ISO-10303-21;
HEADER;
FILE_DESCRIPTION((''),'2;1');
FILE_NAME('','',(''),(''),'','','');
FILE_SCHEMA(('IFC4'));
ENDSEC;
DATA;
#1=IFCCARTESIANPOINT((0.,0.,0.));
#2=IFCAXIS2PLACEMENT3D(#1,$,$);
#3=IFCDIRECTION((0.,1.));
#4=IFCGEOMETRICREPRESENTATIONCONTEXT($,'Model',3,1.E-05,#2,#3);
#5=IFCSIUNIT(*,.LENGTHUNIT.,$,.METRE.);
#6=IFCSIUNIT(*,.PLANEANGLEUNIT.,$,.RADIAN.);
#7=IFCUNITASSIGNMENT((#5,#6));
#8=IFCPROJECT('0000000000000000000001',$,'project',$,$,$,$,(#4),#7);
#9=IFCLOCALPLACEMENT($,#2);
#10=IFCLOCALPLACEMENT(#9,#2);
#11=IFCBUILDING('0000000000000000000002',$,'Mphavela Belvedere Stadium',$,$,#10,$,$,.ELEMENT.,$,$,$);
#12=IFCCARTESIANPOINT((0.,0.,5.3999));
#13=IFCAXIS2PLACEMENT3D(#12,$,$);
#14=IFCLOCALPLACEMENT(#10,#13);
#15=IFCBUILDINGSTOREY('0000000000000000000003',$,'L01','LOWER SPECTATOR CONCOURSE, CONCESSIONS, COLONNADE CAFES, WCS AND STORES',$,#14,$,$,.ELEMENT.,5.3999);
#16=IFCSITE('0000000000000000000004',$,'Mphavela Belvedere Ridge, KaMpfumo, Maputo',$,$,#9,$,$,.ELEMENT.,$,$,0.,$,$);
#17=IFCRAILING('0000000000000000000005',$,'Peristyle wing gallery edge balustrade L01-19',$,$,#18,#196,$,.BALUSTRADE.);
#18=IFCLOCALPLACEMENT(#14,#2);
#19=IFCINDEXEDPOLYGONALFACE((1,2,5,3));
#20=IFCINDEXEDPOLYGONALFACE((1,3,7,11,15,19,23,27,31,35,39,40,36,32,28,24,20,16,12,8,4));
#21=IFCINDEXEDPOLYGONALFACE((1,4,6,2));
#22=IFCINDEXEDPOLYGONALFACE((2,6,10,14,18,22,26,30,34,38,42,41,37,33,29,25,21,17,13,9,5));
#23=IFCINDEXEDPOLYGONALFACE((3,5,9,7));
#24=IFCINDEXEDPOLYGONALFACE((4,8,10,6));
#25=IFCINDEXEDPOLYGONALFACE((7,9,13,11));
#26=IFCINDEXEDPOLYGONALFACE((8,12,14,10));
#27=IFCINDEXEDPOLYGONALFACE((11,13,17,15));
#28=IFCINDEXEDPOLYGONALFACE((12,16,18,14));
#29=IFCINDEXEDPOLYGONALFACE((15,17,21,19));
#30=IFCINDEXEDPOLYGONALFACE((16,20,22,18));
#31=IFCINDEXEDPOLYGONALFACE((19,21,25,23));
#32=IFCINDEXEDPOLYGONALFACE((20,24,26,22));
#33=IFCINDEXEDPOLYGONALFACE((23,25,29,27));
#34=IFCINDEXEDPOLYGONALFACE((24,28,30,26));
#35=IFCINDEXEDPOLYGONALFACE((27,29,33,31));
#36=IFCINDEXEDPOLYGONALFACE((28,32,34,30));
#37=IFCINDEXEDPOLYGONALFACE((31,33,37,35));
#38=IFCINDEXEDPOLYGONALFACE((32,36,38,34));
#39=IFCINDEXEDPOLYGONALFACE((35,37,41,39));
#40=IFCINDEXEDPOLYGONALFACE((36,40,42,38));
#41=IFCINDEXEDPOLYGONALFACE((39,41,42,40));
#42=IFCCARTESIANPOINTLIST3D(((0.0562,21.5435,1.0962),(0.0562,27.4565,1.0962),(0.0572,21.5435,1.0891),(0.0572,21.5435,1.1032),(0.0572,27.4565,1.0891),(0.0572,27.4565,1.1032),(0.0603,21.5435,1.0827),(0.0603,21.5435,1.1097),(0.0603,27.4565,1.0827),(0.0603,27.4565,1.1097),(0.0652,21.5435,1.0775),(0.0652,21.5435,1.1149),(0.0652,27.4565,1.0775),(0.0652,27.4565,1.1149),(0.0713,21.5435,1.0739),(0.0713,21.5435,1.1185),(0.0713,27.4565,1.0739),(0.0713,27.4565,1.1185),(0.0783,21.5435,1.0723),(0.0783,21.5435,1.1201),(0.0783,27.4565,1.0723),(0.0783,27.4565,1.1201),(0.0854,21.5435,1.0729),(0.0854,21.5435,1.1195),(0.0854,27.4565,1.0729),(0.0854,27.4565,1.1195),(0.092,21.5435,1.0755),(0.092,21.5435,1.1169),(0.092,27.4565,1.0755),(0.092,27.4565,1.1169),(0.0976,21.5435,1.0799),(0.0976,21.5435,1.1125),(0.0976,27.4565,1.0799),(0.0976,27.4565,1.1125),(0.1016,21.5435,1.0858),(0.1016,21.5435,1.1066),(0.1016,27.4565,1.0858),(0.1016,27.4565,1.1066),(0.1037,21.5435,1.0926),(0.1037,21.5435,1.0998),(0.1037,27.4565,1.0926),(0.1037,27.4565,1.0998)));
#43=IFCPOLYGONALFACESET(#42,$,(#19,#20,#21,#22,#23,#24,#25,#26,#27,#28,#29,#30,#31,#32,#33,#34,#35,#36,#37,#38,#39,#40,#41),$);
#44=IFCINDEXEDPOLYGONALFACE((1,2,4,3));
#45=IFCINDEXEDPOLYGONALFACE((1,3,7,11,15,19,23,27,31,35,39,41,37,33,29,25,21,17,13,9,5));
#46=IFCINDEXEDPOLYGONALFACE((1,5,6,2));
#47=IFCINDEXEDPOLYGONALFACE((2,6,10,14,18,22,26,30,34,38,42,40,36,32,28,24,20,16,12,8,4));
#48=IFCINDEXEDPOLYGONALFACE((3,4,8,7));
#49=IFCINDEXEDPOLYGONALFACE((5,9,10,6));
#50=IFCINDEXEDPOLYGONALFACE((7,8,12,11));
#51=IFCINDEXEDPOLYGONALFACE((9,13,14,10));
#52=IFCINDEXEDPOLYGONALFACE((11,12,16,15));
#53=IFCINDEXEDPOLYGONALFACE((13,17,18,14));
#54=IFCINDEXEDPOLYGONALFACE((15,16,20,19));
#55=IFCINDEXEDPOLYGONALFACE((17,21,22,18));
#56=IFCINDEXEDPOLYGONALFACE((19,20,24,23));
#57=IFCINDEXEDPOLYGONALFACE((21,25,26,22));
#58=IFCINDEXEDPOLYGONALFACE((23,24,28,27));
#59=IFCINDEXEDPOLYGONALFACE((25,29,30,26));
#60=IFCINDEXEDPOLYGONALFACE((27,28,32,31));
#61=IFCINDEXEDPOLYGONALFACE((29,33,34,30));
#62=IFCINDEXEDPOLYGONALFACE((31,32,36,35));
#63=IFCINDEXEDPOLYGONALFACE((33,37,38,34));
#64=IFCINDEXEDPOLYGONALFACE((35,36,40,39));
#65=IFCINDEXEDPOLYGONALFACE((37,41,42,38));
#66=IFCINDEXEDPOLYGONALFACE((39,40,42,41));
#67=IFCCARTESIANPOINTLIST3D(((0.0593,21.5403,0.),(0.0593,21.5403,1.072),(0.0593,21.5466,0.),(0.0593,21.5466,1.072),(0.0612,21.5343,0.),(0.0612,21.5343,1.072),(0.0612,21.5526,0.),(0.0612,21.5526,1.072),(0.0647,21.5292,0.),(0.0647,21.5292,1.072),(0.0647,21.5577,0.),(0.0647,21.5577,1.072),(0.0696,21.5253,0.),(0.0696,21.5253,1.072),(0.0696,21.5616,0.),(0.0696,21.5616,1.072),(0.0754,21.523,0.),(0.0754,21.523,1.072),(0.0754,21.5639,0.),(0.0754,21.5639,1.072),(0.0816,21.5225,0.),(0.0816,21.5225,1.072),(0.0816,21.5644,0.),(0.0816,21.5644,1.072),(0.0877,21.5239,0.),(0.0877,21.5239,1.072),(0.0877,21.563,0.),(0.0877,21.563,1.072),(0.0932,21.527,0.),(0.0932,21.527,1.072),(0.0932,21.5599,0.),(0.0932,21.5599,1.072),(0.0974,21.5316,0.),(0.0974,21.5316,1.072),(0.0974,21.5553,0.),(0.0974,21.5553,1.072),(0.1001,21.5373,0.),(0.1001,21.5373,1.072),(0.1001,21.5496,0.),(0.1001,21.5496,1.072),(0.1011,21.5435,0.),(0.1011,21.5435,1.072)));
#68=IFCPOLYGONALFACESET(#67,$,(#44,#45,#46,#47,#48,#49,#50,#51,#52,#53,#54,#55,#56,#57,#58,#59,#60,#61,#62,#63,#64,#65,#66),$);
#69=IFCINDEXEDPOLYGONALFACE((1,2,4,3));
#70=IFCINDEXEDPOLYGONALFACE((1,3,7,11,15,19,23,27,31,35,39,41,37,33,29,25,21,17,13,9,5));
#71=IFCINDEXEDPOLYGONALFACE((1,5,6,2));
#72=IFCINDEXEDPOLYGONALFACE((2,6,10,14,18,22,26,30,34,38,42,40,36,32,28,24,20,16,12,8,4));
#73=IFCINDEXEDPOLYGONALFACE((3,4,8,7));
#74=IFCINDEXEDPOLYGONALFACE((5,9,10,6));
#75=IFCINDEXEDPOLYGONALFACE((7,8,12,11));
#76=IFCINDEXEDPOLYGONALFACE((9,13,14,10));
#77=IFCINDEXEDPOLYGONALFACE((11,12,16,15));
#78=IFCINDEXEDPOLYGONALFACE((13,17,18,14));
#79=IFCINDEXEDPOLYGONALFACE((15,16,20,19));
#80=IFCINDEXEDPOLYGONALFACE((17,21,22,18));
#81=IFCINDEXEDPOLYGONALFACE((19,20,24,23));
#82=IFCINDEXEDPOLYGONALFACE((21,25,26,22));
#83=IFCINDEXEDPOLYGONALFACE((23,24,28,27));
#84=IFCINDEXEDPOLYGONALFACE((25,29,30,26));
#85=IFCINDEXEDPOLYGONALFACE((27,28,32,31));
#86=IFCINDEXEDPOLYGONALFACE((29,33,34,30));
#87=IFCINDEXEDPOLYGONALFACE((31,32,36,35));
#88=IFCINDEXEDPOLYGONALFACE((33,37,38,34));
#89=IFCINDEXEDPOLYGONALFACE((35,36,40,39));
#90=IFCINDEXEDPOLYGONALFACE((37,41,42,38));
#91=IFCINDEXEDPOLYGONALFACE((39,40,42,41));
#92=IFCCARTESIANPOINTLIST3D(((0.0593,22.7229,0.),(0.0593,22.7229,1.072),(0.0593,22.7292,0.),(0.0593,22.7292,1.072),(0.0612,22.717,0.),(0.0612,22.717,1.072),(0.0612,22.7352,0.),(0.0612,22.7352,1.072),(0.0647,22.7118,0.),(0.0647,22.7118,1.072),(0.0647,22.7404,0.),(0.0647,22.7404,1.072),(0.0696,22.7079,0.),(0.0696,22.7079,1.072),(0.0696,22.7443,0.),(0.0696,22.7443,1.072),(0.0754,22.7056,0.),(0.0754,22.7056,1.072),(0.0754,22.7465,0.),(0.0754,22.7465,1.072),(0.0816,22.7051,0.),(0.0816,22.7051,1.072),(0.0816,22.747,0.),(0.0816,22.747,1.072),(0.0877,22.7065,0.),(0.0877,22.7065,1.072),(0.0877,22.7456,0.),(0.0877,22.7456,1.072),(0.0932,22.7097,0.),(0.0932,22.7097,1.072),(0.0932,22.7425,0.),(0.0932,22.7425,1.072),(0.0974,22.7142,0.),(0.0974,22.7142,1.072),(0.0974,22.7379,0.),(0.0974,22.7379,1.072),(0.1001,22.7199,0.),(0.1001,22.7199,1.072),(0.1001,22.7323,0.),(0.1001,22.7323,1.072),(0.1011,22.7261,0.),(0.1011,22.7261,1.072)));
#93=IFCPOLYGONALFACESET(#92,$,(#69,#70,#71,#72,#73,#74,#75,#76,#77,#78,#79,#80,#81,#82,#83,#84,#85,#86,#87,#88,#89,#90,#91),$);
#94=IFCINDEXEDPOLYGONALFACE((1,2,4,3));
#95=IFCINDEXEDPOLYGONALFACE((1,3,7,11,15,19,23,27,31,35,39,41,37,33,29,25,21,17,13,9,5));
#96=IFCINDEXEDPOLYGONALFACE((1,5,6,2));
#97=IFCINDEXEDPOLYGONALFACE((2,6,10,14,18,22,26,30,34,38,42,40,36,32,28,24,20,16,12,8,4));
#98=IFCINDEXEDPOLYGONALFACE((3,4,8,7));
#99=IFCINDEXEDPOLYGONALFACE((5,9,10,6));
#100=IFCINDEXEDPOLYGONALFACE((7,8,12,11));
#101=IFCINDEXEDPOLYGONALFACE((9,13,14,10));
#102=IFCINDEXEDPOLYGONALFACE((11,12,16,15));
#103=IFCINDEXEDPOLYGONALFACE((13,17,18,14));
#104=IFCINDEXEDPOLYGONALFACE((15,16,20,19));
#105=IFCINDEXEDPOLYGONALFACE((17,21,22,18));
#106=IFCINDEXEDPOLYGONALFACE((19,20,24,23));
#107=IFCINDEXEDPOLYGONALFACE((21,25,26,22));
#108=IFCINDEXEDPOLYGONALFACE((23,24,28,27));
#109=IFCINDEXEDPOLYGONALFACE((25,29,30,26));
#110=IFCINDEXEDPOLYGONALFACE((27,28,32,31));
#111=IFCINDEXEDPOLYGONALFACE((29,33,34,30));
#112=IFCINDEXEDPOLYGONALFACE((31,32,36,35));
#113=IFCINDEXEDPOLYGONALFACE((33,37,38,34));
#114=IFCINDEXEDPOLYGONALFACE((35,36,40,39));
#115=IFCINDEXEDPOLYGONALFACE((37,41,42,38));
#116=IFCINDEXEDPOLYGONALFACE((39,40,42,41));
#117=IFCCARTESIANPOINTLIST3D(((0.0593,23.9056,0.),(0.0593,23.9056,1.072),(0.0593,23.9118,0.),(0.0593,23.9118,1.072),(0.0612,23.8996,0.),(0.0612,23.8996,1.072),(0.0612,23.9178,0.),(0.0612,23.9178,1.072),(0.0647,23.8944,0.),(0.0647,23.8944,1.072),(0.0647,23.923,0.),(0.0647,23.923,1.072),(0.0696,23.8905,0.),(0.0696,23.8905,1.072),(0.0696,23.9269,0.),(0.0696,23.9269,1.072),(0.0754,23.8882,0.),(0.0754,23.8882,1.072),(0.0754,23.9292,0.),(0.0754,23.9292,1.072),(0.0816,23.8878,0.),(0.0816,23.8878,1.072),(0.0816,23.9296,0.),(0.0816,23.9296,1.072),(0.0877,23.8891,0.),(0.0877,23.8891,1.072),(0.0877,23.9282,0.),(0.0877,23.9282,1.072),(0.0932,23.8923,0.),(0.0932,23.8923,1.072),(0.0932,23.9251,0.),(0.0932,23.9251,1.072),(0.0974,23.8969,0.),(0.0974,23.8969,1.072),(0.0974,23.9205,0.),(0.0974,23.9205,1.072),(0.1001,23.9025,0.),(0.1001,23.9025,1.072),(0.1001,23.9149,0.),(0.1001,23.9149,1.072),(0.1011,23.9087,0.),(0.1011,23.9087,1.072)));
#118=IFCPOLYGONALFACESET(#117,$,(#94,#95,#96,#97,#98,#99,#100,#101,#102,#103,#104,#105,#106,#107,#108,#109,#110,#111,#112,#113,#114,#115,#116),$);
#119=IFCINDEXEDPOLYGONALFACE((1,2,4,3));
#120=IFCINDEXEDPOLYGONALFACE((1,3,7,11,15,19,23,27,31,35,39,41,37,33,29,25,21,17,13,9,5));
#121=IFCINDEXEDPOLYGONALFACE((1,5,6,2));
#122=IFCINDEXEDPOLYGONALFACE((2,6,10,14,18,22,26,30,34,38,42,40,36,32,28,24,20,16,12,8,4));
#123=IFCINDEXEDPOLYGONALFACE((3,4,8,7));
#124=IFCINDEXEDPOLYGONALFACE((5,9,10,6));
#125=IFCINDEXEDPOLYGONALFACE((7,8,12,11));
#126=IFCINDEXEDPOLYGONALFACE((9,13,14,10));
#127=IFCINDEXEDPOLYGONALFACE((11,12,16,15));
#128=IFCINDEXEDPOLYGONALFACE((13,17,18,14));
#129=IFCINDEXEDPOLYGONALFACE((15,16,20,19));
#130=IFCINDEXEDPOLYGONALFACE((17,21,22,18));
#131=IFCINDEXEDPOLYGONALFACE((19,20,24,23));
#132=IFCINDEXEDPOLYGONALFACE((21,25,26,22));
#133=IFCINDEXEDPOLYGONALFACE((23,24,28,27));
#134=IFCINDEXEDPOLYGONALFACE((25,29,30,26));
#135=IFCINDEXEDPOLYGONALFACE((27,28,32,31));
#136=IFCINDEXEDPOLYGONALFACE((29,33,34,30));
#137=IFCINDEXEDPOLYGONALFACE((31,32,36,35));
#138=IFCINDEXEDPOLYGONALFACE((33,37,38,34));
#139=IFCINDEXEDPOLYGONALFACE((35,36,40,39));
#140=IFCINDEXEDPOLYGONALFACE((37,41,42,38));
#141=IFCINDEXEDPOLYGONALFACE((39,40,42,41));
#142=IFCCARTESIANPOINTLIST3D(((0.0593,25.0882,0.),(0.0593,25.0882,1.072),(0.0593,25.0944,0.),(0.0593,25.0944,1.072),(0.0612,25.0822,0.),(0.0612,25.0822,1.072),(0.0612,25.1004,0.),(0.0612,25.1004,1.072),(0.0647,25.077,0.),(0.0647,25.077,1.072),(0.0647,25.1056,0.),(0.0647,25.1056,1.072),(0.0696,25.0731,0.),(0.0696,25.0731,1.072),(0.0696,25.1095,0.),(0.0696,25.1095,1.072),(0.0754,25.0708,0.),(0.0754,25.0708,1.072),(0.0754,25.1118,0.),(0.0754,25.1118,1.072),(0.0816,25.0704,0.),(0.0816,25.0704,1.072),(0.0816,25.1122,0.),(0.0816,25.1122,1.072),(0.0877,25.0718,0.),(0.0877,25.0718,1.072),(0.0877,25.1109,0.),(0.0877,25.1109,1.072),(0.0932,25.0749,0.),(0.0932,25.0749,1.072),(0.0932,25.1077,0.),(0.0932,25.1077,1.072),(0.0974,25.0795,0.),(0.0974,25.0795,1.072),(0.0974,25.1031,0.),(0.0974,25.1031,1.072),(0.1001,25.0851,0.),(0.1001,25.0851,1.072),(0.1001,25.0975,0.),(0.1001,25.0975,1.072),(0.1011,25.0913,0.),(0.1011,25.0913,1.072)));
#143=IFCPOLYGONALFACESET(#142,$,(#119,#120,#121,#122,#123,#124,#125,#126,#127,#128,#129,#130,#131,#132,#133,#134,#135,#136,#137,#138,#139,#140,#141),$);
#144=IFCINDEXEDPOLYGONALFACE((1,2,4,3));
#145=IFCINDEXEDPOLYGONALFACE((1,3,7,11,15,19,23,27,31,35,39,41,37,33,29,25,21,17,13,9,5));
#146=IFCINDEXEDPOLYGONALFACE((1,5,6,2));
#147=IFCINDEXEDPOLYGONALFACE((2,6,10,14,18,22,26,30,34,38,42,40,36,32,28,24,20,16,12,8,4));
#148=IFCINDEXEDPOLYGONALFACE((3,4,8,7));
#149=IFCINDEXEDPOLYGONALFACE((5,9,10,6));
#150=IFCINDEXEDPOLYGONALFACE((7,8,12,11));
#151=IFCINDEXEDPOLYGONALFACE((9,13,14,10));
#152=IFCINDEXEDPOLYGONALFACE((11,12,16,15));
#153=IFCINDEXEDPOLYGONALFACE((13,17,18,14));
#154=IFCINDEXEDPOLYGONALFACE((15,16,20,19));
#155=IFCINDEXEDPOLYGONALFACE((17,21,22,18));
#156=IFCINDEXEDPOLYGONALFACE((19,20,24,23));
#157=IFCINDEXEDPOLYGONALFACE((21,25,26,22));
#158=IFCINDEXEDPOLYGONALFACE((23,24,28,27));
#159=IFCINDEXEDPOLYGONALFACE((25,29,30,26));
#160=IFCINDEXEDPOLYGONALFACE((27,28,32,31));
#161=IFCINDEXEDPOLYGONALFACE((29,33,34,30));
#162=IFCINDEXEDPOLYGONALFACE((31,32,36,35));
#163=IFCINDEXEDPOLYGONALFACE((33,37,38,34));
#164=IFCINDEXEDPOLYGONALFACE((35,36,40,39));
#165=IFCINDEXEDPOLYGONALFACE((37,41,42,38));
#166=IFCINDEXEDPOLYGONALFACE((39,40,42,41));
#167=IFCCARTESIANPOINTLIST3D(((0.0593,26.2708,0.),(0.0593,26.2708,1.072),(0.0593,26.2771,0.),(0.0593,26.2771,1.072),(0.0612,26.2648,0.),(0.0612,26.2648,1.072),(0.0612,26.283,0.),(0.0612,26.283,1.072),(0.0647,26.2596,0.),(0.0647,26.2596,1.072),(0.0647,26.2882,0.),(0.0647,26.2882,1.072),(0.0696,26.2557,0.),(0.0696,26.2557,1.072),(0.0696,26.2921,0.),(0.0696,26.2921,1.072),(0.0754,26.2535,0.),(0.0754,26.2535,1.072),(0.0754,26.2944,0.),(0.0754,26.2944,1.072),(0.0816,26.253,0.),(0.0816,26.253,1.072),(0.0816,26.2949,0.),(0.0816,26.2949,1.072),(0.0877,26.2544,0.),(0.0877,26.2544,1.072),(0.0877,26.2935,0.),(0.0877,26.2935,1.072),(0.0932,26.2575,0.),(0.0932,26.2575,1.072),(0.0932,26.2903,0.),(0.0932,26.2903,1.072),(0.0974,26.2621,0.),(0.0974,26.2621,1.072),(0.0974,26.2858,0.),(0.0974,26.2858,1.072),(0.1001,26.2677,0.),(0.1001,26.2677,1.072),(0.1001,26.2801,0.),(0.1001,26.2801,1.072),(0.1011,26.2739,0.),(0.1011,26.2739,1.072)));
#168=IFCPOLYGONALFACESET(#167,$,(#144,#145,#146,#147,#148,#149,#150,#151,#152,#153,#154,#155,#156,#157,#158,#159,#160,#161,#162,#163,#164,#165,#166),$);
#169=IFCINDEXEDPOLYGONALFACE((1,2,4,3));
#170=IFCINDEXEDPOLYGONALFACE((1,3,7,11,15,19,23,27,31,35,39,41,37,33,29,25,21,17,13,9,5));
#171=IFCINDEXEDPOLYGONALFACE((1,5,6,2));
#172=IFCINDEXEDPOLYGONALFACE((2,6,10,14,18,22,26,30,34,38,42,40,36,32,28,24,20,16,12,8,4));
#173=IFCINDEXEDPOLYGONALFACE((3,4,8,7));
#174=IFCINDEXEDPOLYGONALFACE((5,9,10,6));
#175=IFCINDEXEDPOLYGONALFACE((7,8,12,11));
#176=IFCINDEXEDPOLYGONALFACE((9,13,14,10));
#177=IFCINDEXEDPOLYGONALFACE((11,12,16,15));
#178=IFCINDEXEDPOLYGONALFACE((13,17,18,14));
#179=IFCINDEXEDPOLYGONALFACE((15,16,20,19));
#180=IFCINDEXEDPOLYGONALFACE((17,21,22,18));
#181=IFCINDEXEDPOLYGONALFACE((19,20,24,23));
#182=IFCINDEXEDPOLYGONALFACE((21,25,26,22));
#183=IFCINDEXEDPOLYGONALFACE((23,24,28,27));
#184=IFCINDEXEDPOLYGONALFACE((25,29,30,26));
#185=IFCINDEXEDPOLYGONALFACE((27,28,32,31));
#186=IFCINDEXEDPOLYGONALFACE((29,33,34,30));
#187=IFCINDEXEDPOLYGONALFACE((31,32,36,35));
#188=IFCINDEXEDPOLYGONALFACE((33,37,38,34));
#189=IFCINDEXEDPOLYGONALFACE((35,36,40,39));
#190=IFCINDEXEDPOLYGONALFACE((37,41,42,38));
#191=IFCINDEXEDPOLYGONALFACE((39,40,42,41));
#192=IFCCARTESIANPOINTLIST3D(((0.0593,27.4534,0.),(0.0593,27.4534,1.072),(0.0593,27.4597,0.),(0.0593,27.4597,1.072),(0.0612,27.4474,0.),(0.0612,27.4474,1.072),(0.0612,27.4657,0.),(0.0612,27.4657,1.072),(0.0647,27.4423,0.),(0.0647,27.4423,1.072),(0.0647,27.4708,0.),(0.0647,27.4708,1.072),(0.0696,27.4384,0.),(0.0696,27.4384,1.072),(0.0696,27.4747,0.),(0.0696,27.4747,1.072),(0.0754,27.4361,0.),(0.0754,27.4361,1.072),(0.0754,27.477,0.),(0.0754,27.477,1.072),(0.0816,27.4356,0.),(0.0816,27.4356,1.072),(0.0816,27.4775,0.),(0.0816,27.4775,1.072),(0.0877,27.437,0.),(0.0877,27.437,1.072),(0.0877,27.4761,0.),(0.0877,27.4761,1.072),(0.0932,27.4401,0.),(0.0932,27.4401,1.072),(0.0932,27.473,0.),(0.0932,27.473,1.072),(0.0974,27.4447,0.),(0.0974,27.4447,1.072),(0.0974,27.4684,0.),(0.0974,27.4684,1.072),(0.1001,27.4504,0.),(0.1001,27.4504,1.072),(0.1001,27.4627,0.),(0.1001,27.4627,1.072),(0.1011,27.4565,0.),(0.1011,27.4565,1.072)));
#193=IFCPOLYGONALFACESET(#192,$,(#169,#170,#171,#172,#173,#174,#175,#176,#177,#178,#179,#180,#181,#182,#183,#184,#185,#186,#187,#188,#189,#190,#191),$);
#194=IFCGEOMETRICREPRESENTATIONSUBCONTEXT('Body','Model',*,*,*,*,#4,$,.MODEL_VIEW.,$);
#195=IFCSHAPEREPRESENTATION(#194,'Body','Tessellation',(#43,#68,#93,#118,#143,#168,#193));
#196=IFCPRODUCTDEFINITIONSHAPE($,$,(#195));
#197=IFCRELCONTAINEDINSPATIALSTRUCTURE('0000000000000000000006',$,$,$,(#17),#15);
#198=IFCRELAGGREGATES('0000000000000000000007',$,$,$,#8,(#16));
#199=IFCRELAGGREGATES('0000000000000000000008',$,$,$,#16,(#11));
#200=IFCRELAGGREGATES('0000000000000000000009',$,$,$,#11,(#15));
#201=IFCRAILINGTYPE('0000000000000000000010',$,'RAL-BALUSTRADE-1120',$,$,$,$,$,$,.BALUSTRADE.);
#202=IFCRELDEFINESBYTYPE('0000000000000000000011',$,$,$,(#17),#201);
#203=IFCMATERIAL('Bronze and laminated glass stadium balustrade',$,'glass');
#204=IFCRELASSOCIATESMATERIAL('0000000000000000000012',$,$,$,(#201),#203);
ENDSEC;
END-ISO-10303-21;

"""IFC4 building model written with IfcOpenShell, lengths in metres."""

from ifc_helpers import new_model, si_unit, direction, frame, origin, origin_2d, place, context, subcontext, project, spatial, circle, extrude, material, type_object, element, save


model = new_model("IFC4")

# Units and contexts
model_context = context("Model", 3, precision=1e-05, world=origin(), true_north=direction((0.0, 1.0)))
body_context = subcontext(model_context, "Body", "Model", "MODEL_VIEW")
ifc_project = project(units=[si_unit("LENGTHUNIT", "METRE"), si_unit("PLANEANGLEUNIT", "RADIAN")], contexts=[model_context])

# Site, building, storey
site_placement = place(None, origin())
site = spatial("IfcSite", under=ifc_project, at=site_placement, Name="Mphavela Belvedere Ridge, KaMpfumo, Maputo", CompositionType="ELEMENT", RefElevation=0.0)
building_placement = place(site_placement, origin())
building = spatial("IfcBuilding", under=site, at=building_placement, Name="Mphavela Belvedere Stadium", CompositionType="ELEMENT")
storey_placement = place(building_placement, frame((0.0, 0.0, 5.3999)))
storey = spatial("IfcBuildingStorey", under=building, at=storey_placement, Name="L01", Description="LOWER SPECTATOR CONCOURSE, CONCESSIONS, COLONNADE CAFES, WCS AND STORES", CompositionType="ELEMENT", Elevation=5.3999)

# Railing
ifc_material_1 = material(Name="Bronze and laminated glass stadium balustrade", Category="glass")
railing_type = type_object("IfcRailingType", Name="RAL-BALUSTRADE-1120", PredefinedType="BALUSTRADE", material=ifc_material_1)
for number, where, name in (
    (1, (0.0801, 21.5435, 0.0), "Peristyle wing gallery edge balustrade L01-19"),
):
    element("IfcRailing", number, at=place(storey_placement, frame(where)), inside=storey, type_object=railing_type, Name=name, PredefinedType="BALUSTRADE", context=body_context, shape_type="SweptSolid", body=[
        extrude(circle(Radius=0.0239, at=origin_2d()), frame((0.0, 0.0, 1.0962), z_axis=(0.0, 1.0, 0.0), x_axis=(-1.0, 0.0, 0.0)), (0.0, 0.0, 1.0), 5.9131),
        extrude(circle(Radius=0.021, at=origin_2d()), origin(), (0.0, 0.0, 1.0), 1.072),
        extrude(circle(Radius=0.021, at=origin_2d()), frame((0.0, 1.1826, 0.0)), (0.0, 0.0, 1.0), 1.072),
        extrude(circle(Radius=0.021, at=origin_2d()), frame((0.0, 2.3652, 0.0)), (0.0, 0.0, 1.0), 1.072),
        extrude(circle(Radius=0.021, at=origin_2d()), frame((0.0, 3.5479, 0.0)), (0.0, 0.0, 1.0), 1.072),
        extrude(circle(Radius=0.021, at=origin_2d()), frame((0.0, 4.7305, 0.0)), (0.0, 0.0, 1.0), 1.072),
        extrude(circle(Radius=0.021, at=origin_2d()), frame((0.0, 5.9131, 0.0)), (0.0, 0.0, 1.0), 1.072),
    ])

save(model, "model.ifc")
